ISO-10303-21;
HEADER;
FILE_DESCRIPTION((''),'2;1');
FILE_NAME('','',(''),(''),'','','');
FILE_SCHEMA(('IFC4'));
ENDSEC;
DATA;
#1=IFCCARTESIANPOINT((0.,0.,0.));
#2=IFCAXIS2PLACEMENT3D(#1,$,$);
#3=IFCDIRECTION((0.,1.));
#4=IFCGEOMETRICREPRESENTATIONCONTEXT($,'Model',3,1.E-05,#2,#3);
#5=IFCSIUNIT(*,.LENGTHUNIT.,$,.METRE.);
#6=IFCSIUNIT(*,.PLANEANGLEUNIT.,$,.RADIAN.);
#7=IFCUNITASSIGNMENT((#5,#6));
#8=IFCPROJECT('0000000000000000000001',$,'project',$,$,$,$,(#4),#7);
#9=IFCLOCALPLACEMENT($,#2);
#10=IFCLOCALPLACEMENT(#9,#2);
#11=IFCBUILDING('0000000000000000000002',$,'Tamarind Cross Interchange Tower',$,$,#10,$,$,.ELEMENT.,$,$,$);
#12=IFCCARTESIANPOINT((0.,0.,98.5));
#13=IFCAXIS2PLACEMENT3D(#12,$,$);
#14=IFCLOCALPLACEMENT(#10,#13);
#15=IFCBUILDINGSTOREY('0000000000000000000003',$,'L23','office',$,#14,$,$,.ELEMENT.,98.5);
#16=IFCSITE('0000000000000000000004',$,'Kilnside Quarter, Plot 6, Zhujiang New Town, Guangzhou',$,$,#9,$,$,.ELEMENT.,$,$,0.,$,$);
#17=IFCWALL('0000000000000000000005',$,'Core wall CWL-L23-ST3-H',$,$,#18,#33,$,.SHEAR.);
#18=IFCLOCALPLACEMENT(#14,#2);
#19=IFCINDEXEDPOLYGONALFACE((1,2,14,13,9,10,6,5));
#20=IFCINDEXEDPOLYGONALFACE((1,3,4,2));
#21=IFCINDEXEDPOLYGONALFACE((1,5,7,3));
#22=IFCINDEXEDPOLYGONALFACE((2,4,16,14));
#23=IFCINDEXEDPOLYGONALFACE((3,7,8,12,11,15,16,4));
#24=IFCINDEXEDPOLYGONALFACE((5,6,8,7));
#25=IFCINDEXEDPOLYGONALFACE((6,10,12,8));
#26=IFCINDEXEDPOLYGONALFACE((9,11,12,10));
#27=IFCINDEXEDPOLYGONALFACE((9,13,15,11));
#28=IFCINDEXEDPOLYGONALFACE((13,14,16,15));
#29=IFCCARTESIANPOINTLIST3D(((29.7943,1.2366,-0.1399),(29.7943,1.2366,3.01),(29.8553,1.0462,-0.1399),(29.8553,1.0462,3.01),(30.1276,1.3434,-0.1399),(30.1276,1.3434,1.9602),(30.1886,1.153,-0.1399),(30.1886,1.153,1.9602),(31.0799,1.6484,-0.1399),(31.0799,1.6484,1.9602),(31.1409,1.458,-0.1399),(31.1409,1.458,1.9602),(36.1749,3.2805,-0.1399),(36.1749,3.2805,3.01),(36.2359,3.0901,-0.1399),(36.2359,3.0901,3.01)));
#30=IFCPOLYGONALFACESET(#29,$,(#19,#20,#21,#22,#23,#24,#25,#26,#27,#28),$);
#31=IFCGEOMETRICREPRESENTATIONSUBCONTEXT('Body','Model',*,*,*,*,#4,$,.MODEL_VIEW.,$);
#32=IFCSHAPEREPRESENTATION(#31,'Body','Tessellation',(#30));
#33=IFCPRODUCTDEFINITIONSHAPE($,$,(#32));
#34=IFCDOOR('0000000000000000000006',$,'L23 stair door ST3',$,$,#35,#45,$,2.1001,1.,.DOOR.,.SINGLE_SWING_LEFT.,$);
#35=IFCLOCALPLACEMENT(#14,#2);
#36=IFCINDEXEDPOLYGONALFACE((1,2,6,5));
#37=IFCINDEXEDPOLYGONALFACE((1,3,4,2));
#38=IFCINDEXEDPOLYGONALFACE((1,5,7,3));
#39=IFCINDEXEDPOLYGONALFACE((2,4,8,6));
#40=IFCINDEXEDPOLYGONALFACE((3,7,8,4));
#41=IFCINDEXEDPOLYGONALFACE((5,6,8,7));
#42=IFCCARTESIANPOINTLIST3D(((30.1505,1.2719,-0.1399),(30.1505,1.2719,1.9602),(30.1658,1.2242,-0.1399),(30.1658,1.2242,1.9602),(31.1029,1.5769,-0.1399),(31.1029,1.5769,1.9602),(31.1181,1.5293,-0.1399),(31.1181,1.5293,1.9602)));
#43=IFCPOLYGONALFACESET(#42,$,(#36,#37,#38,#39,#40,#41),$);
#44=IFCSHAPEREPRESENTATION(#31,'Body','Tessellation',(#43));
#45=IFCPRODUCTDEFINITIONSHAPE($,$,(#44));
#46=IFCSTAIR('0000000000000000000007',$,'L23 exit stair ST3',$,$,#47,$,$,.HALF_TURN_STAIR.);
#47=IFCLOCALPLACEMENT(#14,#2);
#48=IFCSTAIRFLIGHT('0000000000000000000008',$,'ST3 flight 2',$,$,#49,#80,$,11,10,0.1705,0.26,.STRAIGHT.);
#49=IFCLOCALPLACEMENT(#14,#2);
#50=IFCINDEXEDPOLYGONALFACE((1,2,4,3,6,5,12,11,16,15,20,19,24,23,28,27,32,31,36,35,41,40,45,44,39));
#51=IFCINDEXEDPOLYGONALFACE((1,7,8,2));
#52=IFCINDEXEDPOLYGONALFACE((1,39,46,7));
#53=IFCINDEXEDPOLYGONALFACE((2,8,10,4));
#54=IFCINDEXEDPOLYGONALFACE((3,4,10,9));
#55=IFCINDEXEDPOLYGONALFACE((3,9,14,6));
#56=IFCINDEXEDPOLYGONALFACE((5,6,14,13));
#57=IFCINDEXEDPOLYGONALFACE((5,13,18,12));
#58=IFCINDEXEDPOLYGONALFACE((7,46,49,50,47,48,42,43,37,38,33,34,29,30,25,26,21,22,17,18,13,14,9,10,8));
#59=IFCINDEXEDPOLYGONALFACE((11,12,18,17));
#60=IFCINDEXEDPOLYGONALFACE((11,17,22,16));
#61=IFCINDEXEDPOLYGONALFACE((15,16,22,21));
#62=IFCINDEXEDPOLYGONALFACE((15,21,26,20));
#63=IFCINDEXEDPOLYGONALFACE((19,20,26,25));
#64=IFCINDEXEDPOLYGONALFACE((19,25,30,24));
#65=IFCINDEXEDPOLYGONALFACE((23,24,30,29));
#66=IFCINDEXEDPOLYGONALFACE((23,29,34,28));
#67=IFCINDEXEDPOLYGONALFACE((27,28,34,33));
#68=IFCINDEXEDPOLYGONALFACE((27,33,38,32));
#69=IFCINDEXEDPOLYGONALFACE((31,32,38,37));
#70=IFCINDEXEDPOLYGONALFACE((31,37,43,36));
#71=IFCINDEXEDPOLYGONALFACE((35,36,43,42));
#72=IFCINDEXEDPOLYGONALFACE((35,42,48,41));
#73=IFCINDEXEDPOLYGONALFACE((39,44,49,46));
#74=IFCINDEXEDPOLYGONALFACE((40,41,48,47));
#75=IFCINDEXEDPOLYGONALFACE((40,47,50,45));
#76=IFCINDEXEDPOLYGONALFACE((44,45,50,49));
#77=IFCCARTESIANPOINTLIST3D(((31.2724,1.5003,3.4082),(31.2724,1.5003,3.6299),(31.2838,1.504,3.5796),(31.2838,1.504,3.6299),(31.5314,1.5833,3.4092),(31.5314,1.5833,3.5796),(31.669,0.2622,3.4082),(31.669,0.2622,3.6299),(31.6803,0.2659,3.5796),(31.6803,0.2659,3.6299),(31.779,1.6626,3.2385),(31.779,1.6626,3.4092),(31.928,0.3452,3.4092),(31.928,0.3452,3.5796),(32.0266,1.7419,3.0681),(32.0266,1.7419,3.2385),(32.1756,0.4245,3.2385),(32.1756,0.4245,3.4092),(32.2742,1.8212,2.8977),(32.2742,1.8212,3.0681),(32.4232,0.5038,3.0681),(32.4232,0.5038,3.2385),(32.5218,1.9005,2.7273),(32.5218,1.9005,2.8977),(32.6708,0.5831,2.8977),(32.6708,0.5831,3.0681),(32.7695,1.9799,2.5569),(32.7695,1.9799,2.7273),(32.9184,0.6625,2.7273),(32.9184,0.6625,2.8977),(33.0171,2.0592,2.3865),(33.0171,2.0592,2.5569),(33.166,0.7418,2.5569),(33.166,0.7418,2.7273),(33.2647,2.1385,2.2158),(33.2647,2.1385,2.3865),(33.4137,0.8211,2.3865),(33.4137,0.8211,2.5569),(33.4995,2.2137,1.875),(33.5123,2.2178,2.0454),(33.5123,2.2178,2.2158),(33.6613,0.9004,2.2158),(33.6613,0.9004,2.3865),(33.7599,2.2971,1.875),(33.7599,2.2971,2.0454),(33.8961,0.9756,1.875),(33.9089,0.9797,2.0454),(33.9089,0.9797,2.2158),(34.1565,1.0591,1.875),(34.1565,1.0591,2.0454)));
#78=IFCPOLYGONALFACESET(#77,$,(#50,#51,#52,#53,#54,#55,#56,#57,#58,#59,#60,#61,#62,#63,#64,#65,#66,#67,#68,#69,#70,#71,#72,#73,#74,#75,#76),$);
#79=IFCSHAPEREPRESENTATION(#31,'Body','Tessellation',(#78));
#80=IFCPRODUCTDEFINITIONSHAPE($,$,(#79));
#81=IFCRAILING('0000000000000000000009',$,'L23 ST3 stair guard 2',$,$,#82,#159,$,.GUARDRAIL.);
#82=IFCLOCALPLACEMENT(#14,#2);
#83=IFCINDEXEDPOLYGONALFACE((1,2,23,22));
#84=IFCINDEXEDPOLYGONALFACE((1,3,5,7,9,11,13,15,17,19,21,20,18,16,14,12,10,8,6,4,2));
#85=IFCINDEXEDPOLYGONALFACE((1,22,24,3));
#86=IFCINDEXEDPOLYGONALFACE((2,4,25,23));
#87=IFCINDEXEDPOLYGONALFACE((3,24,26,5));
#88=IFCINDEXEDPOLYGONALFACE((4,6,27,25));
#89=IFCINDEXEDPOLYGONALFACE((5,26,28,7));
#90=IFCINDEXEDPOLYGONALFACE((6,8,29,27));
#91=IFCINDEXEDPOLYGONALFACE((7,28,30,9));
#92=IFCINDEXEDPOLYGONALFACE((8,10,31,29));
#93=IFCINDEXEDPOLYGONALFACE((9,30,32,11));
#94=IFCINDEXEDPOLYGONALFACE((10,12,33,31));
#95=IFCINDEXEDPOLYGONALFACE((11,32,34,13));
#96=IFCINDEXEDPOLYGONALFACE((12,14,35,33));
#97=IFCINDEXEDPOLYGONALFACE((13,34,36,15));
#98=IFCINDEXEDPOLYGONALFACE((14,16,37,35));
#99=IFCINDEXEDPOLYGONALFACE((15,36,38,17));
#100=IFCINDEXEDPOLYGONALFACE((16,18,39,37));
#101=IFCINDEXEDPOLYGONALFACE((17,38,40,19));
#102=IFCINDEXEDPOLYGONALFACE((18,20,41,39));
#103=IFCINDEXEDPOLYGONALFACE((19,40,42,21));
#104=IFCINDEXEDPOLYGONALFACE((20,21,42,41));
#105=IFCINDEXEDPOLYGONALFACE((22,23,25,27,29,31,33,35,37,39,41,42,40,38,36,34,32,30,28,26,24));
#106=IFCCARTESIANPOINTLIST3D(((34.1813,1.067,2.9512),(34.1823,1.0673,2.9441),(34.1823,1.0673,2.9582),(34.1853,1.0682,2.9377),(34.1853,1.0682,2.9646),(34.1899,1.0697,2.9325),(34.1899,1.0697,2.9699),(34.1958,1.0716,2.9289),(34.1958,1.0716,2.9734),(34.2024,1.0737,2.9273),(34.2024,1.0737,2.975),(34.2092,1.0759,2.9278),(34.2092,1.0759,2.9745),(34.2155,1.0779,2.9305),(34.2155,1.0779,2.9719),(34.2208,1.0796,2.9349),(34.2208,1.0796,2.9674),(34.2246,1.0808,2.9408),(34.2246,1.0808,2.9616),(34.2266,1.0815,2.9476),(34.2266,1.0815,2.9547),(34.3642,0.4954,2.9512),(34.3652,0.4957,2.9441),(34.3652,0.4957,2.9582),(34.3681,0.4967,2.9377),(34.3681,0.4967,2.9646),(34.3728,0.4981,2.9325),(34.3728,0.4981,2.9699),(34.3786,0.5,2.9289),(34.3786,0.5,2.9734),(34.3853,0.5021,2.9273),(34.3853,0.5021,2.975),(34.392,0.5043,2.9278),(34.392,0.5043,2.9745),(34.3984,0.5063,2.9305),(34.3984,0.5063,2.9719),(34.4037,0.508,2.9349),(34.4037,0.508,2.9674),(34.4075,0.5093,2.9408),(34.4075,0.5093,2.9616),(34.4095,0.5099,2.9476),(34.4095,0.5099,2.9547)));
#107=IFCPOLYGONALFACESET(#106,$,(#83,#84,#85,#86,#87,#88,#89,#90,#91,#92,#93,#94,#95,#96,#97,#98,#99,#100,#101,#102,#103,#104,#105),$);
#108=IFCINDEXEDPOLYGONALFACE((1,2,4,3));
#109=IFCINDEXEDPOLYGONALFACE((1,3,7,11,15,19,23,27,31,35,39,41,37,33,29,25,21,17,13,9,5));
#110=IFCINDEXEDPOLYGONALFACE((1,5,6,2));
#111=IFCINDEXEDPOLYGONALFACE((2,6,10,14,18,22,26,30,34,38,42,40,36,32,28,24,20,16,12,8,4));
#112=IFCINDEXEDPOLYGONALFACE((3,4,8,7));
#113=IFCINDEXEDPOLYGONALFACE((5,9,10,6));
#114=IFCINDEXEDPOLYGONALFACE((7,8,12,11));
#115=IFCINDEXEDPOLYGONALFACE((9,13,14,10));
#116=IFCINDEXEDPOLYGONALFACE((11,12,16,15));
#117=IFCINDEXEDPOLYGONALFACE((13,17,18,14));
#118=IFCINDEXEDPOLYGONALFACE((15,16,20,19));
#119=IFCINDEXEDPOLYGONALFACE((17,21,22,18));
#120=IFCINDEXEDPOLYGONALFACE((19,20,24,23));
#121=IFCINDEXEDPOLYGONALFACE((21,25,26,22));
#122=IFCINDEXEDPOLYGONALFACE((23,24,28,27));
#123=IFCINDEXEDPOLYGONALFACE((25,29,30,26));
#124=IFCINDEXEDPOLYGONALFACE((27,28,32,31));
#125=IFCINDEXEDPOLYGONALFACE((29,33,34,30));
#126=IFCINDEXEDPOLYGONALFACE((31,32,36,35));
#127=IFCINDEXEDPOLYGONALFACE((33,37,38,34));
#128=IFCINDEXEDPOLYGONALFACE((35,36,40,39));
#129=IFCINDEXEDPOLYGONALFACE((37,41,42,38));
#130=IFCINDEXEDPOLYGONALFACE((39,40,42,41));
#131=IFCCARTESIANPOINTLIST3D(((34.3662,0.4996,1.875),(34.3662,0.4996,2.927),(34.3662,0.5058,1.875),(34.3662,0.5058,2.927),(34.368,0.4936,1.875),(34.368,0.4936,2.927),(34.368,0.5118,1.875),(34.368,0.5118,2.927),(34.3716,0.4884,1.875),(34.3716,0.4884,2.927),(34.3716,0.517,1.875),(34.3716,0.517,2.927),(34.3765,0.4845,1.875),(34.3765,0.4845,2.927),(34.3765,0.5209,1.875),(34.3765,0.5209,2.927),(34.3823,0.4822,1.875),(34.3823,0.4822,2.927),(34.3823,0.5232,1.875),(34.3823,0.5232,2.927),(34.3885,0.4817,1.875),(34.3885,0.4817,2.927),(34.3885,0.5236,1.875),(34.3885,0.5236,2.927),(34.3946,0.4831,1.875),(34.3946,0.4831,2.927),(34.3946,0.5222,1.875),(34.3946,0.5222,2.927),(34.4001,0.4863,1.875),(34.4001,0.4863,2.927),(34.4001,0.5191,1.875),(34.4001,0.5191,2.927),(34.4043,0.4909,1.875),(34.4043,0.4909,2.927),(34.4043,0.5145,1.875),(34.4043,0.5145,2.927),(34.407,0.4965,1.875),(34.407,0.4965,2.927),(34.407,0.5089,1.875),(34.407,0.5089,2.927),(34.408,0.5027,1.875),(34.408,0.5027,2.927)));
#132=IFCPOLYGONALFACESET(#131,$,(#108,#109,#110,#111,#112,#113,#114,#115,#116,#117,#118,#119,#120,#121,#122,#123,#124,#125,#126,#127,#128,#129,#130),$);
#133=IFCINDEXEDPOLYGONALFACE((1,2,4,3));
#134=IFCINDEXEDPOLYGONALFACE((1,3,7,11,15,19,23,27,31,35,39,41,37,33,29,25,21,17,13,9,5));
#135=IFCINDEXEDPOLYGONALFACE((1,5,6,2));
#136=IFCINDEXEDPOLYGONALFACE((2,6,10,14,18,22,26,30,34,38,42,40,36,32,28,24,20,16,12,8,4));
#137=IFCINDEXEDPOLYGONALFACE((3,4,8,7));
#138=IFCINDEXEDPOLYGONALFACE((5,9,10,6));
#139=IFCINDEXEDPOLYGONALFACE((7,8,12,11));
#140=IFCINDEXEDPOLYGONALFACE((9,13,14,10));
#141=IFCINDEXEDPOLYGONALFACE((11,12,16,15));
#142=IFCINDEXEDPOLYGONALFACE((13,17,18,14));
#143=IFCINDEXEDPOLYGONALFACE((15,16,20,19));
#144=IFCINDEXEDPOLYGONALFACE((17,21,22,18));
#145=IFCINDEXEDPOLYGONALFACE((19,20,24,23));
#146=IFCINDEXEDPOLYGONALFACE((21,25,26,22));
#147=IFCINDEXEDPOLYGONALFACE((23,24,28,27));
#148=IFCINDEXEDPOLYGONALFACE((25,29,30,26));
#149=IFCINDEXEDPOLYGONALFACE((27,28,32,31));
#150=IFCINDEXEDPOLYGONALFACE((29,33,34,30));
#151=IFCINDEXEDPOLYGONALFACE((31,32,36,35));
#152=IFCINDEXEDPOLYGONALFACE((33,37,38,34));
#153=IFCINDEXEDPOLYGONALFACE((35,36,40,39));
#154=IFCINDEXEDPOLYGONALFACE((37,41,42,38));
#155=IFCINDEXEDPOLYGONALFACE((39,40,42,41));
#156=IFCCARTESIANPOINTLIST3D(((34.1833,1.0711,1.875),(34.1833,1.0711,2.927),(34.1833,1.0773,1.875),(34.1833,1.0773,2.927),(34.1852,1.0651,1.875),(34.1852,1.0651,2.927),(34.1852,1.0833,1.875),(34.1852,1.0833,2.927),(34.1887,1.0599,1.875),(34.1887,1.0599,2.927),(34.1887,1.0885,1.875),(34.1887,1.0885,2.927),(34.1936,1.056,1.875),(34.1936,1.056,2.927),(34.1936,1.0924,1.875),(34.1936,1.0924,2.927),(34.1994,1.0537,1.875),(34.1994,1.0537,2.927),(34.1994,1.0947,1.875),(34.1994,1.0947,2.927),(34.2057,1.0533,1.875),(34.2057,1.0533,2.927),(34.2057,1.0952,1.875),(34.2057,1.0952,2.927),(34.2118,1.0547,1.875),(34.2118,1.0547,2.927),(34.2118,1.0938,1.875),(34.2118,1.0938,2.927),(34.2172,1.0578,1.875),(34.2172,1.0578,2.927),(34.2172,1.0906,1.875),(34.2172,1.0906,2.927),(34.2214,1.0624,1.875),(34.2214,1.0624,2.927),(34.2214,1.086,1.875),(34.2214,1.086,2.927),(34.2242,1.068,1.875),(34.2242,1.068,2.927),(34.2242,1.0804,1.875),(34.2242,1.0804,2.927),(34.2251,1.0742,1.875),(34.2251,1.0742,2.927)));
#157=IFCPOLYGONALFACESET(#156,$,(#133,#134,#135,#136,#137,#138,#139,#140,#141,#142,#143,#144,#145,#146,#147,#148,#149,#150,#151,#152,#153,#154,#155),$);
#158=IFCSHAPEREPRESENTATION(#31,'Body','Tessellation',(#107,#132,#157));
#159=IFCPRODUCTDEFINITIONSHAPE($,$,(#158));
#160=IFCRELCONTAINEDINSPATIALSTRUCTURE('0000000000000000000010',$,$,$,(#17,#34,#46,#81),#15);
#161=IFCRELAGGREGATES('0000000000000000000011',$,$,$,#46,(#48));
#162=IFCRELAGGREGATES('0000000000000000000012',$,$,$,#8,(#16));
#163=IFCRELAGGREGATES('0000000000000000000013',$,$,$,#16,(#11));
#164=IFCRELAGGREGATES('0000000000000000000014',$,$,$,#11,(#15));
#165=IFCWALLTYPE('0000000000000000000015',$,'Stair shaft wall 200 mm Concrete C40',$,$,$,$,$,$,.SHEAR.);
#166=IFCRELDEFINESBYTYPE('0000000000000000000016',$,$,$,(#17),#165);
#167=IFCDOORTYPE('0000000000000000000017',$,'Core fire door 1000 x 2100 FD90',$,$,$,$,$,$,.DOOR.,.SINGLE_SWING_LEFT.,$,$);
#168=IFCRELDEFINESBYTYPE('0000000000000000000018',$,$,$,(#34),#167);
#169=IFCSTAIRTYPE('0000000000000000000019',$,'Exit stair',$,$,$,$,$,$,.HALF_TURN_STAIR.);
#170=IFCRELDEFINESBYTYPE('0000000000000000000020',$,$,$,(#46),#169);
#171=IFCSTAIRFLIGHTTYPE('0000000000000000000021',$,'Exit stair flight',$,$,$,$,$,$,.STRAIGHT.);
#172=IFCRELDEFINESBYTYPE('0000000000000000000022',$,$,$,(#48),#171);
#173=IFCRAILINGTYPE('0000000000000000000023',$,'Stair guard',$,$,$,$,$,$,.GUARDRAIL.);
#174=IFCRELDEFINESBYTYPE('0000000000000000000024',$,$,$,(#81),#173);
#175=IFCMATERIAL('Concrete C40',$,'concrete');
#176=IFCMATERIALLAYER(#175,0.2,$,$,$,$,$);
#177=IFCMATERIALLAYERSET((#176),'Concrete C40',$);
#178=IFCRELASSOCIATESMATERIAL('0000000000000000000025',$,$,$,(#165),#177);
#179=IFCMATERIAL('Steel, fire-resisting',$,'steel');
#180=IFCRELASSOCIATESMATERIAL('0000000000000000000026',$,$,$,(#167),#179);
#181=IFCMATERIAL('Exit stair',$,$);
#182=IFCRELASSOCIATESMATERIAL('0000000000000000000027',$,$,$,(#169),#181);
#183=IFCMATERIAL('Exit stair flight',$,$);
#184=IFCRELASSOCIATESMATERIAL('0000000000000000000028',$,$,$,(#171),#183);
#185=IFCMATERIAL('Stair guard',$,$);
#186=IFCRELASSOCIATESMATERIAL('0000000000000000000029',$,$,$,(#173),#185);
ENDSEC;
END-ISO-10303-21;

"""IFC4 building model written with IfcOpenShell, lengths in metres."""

from ifc_helpers import new_model, si_unit, direction, frame, frame_2d, origin, origin_2d, place, context, subcontext, project, spatial, polyline, rectangle, circle, outline, extrude, material, layer, layer_set, type_object, element, fill, aggregate, save


model = new_model("IFC4")

# Units and contexts
model_context = context("Model", 3, precision=1e-05, world=origin(), true_north=direction((0.0, 1.0)))
body_context = subcontext(model_context, "Body", "Model", "MODEL_VIEW")
ifc_project = project(units=[si_unit("LENGTHUNIT", "METRE"), si_unit("PLANEANGLEUNIT", "RADIAN")], contexts=[model_context])

# Site, building, storey
site_placement = place(None, origin())
site = spatial("IfcSite", under=ifc_project, at=site_placement, Name="Kilnside Quarter, Plot 6, Zhujiang New Town, Guangzhou", CompositionType="ELEMENT", RefElevation=0.0)
building_placement = place(site_placement, origin())
building = spatial("IfcBuilding", under=site, at=building_placement, Name="Tamarind Cross Interchange Tower", CompositionType="ELEMENT")
storey_placement = place(building_placement, frame((0.0, 0.0, 98.5)))
storey = spatial("IfcBuildingStorey", under=building, at=storey_placement, Name="L23", Description="office", CompositionType="ELEMENT", Elevation=98.5)

# Wall, opening, door
ifc_material_1 = material(Name="Concrete C40", Category="concrete")
ifc_layer_1 = layer(ifc_material_1, 0.2)
ifc_layer_set_1 = layer_set([ifc_layer_1], Name="Concrete C40")
wall_type_1 = type_object("IfcWallType", Name="Stair shaft wall 200 mm Concrete C40", PredefinedType="SHEAR", material=ifc_layer_set_1)
wall_1_placement = place(storey_placement, frame((29.8247, 1.1414, -0.1399), z_axis=(0.0, 0.0, 1.0), x_axis=(0.952331, 0.305067, 0.0)))
wall_1 = element("IfcWall", 1, at=wall_1_placement, inside=storey, type_object=wall_type_1, Name="Core wall CWL-L23-ST3-H", PredefinedType="SHEAR", context=body_context, shape_type="SweptSolid", body=[
    extrude(rectangle(XDim=6.7, YDim=0.2, at=frame_2d((3.3501, 0.0))), origin(), (0.0, 0.0, 1.0), 3.1499),
])
opening_1_placement = place(wall_1_placement, frame((0.3501, 0.0, 0.0)))
opening_1 = element("IfcOpeningElement", 2, at=opening_1_placement, cuts=wall_1, PredefinedType="OPENING", context=body_context, shape_type="SweptSolid", body=[
    extrude(rectangle(XDim=1.0, YDim=2.1001, at=frame_2d((0.5, 1.05))), frame((0.0, 0.1099, 0.0), z_axis=(0.0, -1.0, 0.0), x_axis=(1.0, 0.0, 0.0)), (0.0, 0.0, 1.0), 0.22),
])
ifc_material_2 = material(Name="Steel, fire-resisting", Category="steel")
door_type_1 = type_object("IfcDoorType", Name="Core fire door 1000 x 2100 FD90", OperationType="SINGLE_SWING_LEFT", PredefinedType="DOOR", material=ifc_material_2)
door_1_placement = place(opening_1_placement, origin())
door_1 = element("IfcDoor", 3, at=door_1_placement, inside=storey, type_object=door_type_1, Name="L23 stair door ST3", OperationType="SINGLE_SWING_LEFT", OverallHeight=2.1001, OverallWidth=1.0, PredefinedType="DOOR", context=body_context, shape_type="SweptSolid", body=[
    extrude(rectangle(XDim=1.0, YDim=2.1001, at=frame_2d((0.5, 1.05))), frame((0.0, 0.0249, 0.0), z_axis=(0.0, -1.0, 0.0), x_axis=(1.0, 0.0, 0.0)), (0.0, 0.0, 1.0), 0.05),
])
fill(opening_1, door_1)

# Stair, stair flight
ifc_material_3 = material(Name="Exit stair")
stair_type = type_object("IfcStairType", Name="Exit stair", PredefinedType="HALF_TURN_STAIR", material=ifc_material_3)
stair_placement = place(storey_placement, origin())
stair = element("IfcStair", 4, at=stair_placement, inside=storey, type_object=stair_type, Name="L23 exit stair ST3", PredefinedType="HALF_TURN_STAIR")
ifc_material_4 = material(Name="Exit stair flight")
stair_flight_type = type_object("IfcStairFlightType", Name="Exit stair flight", PredefinedType="STRAIGHT", material=ifc_material_4)
stair_flight_placement = place(storey_placement, frame((33.9583, 1.678, 1.875), z_axis=(0.0, 0.0, 1.0), x_axis=(-0.952334, -0.305057, 0.0)))
stair_flight = element("IfcStairFlight", 5, at=stair_flight_placement, type_object=stair_flight_type, Name="ST3 flight 2", NumberOfRisers=11, NumberOfTreads=10, PredefinedType="STRAIGHT", RiserHeight=0.1705, TreadLength=0.26, context=body_context, shape_type="SweptSolid", body=[
    extrude(outline(polyline([(0.0, 0.0), (0.0, 0.1704), (0.26, 0.1704), (0.26, 0.3408), (0.52, 0.3408), (0.52, 0.5115), (0.78, 0.5115), (0.78, 0.6819), (1.04, 0.6819), (1.04, 0.8523), (1.3, 0.8523), (1.3, 1.0227), (1.5601, 1.0227), (1.5601, 1.1931), (1.8201, 1.1931), (1.8201, 1.3635), (2.0801, 1.3635), (2.0801, 1.5342), (2.3401, 1.5342), (2.3401, 1.7046), (2.6001, 1.7046), (2.6001, 1.7549), (2.6121, 1.7549), (2.6121, 1.5332), (0.2734, 0.0), (0.0, 0.0)])), frame((0.0, 0.6499, 0.0), z_axis=(0.0, -1.0, 0.0), x_axis=(1.0, 0.0, 0.0)), (0.0, 0.0, 1.0), 1.3),
])
aggregate(stair, [stair_flight])

# Railing
ifc_material_5 = material(Name="Stair guard")
railing_type_1 = type_object("IfcRailingType", Name="Stair guard", PredefinedType="GUARDRAIL", material=ifc_material_5)
railing_1_placement = place(storey_placement, frame((34.387, 0.5027, 1.875)))
element("IfcRailing", 6, at=railing_1_placement, inside=storey, type_object=railing_type_1, Name="L23 ST3 stair guard 2", PredefinedType="GUARDRAIL", context=body_context, shape_type="SweptSolid", body=[
    extrude(circle(Radius=0.0239, at=origin_2d()), frame((0.0, 0.0, 1.0762), z_axis=(-0.304731, 0.952438, 0.0), x_axis=(-0.952438, -0.304731, 0.0)), (0.0, 0.0, 1.0), 0.6001),
    extrude(circle(Radius=0.021, at=origin_2d()), origin(), (0.0, 0.0, 1.0), 1.052),
    extrude(circle(Radius=0.021, at=origin_2d()), frame((-0.1829, 0.5715, 0.0)), (0.0, 0.0, 1.0), 1.052),
])

save(model, "model.ifc")
